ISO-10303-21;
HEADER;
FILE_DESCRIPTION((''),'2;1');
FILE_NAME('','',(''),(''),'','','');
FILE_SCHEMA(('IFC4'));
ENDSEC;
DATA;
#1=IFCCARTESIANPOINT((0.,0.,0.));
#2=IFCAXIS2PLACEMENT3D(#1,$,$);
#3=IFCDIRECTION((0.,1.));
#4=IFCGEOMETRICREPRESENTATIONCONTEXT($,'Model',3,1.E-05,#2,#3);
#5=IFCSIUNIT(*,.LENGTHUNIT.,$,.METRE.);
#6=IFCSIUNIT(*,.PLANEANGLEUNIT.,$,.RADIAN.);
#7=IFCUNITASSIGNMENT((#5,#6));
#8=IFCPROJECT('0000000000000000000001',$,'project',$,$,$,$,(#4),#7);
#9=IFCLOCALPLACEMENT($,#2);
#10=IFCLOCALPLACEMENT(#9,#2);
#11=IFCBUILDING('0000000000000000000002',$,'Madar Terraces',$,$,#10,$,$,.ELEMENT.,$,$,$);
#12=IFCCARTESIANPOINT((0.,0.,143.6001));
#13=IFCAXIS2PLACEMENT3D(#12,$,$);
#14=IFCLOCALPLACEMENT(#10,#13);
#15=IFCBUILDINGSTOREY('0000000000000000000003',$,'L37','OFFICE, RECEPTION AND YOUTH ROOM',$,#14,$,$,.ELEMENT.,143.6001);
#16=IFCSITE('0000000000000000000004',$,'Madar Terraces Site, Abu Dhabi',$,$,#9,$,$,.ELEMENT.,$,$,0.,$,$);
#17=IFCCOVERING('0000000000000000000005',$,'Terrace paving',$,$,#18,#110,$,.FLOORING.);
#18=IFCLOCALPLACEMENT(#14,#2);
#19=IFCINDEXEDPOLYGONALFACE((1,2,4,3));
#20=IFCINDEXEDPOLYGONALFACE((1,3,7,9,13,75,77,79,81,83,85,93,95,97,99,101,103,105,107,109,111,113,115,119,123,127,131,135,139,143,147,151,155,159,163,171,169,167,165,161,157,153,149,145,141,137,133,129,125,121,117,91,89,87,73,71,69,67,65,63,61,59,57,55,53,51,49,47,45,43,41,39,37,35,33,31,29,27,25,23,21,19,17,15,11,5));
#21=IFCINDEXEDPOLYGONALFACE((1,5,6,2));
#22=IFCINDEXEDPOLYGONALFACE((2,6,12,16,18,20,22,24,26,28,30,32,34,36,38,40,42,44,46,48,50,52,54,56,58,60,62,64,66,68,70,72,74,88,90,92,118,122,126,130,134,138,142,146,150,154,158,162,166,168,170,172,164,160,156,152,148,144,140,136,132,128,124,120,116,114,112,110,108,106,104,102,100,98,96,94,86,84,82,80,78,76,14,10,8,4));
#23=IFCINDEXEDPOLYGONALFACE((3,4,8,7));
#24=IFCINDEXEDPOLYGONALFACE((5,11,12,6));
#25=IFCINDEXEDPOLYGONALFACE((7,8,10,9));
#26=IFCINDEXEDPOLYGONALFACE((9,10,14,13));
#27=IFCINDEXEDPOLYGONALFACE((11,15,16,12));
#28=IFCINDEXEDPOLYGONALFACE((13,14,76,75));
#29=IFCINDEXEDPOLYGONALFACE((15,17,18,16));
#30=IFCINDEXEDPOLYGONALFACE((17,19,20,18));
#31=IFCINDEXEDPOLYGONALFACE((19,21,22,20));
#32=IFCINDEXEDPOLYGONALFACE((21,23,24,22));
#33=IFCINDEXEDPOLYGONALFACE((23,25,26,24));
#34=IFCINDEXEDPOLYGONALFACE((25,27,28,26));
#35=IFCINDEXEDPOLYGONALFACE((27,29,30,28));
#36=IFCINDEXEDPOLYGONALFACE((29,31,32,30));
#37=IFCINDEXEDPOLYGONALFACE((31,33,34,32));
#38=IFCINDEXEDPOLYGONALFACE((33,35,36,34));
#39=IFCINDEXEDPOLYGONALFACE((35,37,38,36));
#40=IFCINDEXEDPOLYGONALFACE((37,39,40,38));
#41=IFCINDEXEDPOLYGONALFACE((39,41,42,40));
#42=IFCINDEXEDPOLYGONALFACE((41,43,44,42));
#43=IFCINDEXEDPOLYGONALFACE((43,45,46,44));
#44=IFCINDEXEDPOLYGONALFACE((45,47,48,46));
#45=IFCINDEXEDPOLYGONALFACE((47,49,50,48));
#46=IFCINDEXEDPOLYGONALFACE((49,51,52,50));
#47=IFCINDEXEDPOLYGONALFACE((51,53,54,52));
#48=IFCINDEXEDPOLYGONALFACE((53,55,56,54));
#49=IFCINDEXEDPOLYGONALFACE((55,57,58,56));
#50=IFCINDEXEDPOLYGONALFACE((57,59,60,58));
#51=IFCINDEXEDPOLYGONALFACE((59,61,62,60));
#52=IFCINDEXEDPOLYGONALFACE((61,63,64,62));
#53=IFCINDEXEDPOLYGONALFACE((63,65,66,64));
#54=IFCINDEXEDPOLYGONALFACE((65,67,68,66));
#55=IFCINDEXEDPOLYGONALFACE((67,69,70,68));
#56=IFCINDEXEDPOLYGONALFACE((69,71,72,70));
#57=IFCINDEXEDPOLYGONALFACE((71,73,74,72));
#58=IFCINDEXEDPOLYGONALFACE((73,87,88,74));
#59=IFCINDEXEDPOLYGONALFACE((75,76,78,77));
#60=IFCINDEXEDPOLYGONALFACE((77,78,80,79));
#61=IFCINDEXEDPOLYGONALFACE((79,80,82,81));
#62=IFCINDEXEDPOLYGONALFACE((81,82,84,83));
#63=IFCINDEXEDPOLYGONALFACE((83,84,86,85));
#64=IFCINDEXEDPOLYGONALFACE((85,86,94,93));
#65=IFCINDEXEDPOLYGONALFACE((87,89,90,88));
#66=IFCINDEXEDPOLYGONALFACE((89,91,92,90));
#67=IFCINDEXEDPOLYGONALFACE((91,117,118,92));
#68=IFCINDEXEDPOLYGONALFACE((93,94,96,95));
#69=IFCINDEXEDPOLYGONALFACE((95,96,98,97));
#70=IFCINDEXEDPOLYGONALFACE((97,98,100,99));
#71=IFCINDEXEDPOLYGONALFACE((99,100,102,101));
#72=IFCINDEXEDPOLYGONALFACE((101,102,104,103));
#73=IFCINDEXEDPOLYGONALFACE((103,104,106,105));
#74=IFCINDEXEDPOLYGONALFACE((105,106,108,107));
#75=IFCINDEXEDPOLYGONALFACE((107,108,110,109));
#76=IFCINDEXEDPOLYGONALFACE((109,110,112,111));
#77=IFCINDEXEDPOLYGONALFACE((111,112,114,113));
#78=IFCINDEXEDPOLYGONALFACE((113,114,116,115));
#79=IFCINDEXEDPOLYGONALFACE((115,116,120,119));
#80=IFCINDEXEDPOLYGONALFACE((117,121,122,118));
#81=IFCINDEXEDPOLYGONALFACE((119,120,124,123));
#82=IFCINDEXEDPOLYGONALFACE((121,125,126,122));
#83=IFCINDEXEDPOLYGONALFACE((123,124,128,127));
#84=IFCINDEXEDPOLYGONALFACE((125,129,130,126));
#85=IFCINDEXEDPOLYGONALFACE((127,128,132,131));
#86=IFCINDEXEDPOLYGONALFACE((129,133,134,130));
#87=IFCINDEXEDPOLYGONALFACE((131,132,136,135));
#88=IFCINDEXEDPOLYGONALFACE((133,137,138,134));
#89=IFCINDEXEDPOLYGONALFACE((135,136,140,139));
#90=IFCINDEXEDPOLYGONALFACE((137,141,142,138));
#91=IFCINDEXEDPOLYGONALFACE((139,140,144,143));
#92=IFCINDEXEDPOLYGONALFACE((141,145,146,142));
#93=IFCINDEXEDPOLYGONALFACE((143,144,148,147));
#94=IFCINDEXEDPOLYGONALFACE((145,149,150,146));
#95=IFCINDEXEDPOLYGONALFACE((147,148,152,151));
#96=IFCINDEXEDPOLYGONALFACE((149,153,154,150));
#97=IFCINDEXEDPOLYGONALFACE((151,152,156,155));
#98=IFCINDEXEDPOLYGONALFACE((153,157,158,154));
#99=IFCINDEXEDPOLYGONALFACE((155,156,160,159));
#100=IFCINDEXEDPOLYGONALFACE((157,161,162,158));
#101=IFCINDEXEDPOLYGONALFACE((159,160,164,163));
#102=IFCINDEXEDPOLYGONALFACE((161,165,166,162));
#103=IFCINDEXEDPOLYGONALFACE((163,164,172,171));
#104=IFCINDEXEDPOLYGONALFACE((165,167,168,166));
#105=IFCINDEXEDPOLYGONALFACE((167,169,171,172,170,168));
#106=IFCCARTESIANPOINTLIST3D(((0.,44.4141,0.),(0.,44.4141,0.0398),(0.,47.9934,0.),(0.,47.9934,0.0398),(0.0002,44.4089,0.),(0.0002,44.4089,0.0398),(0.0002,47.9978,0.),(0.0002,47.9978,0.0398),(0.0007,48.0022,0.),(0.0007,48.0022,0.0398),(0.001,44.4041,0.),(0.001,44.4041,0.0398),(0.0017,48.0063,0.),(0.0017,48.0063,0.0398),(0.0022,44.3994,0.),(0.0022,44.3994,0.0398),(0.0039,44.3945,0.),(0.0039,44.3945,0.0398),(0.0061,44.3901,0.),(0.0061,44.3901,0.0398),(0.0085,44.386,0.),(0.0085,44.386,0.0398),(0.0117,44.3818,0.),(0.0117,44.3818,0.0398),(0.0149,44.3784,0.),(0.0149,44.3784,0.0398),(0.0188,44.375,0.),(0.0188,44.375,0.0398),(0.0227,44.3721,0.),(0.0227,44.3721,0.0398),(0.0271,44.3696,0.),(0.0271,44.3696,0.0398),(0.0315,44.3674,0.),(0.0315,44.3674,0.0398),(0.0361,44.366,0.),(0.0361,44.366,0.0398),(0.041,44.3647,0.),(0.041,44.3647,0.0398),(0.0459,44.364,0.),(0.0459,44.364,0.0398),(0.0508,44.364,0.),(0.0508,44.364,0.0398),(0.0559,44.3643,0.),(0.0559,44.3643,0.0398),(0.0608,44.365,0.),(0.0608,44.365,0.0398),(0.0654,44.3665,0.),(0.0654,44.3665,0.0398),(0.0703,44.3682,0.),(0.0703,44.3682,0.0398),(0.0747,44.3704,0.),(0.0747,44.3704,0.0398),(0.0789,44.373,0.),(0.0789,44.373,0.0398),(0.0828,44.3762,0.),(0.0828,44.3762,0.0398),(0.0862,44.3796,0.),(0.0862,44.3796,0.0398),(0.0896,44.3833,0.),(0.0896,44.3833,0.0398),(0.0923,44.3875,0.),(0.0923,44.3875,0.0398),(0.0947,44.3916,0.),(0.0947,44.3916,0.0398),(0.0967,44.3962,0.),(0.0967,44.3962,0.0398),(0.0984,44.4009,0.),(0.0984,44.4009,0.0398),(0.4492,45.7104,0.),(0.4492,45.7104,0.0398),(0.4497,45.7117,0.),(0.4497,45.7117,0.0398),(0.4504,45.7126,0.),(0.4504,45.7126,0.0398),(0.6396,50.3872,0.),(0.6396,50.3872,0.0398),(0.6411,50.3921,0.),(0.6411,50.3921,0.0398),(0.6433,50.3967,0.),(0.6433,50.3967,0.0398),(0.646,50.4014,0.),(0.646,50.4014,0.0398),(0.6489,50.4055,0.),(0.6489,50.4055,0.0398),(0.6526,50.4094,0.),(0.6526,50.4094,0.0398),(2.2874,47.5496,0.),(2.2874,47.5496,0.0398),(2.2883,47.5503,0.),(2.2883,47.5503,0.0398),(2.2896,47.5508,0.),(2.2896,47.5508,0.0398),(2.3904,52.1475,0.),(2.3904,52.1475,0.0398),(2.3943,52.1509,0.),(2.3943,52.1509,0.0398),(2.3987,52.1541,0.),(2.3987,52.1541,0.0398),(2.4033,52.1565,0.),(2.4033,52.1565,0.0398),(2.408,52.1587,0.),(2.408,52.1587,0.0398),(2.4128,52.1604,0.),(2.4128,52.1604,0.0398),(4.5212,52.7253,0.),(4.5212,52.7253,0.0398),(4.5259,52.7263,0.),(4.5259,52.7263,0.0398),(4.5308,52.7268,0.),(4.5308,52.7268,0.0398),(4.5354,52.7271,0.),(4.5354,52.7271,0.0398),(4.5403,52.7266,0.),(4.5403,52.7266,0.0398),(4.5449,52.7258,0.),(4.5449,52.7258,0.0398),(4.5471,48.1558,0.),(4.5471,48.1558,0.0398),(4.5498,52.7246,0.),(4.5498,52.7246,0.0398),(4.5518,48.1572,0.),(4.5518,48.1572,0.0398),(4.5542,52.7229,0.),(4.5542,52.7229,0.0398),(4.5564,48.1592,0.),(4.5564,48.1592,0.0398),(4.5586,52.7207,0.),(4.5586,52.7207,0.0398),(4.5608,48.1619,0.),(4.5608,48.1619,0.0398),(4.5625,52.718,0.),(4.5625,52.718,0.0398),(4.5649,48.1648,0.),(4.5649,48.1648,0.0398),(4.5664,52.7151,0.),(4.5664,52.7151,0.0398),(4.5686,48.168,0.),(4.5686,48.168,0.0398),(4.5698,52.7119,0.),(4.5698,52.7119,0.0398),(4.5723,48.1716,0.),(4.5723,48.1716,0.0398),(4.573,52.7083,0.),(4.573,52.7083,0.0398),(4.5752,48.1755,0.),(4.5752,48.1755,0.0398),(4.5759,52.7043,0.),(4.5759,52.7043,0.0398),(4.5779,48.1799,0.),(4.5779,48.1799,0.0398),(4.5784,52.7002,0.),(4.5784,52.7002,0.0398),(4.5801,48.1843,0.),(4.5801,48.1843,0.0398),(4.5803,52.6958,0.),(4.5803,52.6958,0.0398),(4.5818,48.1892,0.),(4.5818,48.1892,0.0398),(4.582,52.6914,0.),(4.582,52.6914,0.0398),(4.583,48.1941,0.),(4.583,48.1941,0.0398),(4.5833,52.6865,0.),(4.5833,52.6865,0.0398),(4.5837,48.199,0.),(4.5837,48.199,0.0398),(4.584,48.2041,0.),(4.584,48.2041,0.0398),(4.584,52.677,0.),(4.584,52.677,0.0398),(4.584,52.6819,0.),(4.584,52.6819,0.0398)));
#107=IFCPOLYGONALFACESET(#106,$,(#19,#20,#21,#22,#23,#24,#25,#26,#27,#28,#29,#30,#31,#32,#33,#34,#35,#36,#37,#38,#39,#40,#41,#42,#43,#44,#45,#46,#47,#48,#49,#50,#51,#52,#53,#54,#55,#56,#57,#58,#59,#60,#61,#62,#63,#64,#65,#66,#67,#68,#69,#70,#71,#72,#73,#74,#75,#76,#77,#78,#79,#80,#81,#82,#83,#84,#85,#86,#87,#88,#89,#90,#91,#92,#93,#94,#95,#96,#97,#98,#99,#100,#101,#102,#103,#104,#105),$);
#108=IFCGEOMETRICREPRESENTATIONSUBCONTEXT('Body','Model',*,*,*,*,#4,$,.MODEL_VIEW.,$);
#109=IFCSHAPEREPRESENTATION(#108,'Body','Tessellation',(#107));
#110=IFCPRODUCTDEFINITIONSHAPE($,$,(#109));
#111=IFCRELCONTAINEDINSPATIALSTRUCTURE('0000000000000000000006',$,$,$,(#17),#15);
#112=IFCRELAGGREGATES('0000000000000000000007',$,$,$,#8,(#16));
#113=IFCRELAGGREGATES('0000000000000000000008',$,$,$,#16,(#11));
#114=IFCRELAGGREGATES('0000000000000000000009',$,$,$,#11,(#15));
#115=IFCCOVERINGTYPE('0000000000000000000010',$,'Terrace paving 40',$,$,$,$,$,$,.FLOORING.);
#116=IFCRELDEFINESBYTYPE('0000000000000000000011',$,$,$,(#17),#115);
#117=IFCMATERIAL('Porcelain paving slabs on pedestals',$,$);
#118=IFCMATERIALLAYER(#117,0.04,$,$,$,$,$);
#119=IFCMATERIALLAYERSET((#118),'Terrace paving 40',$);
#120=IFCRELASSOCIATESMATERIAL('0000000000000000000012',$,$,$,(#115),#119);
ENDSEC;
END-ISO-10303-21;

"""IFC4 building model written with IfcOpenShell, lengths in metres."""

from ifc_helpers import new_model, si_unit, direction, frame, origin, place, context, subcontext, project, spatial, polyline, outline, extrude, material, layer, layer_set, type_object, element, save


model = new_model("IFC4")

# Units and contexts
model_context = context("Model", 3, precision=1e-05, world=origin(), true_north=direction((0.0, 1.0)))
body_context = subcontext(model_context, "Body", "Model", "MODEL_VIEW")
ifc_project = project(units=[si_unit("LENGTHUNIT", "METRE"), si_unit("PLANEANGLEUNIT", "RADIAN")], contexts=[model_context])

# Site, building, storey
site_placement = place(None, origin())
site = spatial("IfcSite", under=ifc_project, at=site_placement, Name="Madar Terraces Site, Abu Dhabi", CompositionType="ELEMENT", RefElevation=0.0)
building_placement = place(site_placement, origin())
building = spatial("IfcBuilding", under=site, at=building_placement, Name="Madar Terraces", CompositionType="ELEMENT")
storey_placement = place(building_placement, frame((0.0, 0.0, 143.6001)))
storey = spatial("IfcBuildingStorey", under=building, at=storey_placement, Name="L37", Description="OFFICE, RECEPTION AND YOUTH ROOM", CompositionType="ELEMENT", Elevation=143.6001)

# Covering
ifc_material_1 = material(Name="Porcelain paving slabs on pedestals")
ifc_layer_1 = layer(ifc_material_1, 0.04)
ifc_layer_set_1 = layer_set([ifc_layer_1], Name="Terrace paving 40")
covering_type = type_object("IfcCoveringType", Name="Terrace paving 40", PredefinedType="FLOORING", material=ifc_layer_set_1)
covering_1_placement = place(storey_placement, origin())
element("IfcCovering", 1, at=covering_1_placement, inside=storey, type_object=covering_type, Name="Terrace paving", PredefinedType="FLOORING", context=body_context, shape_type="SweptSolid", body=[
    extrude(outline(polyline([(0.0967, 44.3962), (0.0947, 44.3916), (0.0923, 44.3875), (0.0896, 44.3833), (0.0862, 44.3796), (0.0828, 44.3762), (0.0789, 44.373), (0.0747, 44.3704), (0.0703, 44.3682), (0.0654, 44.3665), (0.0608, 44.365), (0.0559, 44.3643), (0.0508, 44.364), (0.0459, 44.364), (0.041, 44.3647), (0.0361, 44.366), (0.0315, 44.3674), (0.0271, 44.3696), (0.0227, 44.3721), (0.0188, 44.375), (0.0149, 44.3784), (0.0117, 44.3818), (0.0085, 44.386), (0.0061, 44.3901), (0.0039, 44.3945), (0.0022, 44.3994), (0.001, 44.4041), (0.0002, 44.4089), (0.0, 44.4141), (0.0, 47.9934), (0.0002, 47.9978), (0.0007, 48.0022), (0.0017, 48.0063), (0.6396, 50.3872), (0.6411, 50.3921), (0.6433, 50.3967), (0.646, 50.4014), (0.6489, 50.4055), (0.6526, 50.4094), (2.3904, 52.1475), (2.3943, 52.1509), (2.3987, 52.1541), (2.4033, 52.1565), (2.408, 52.1587), (2.4128, 52.1604), (4.5212, 52.7253), (4.5259, 52.7263), (4.5308, 52.7268), (4.5354, 52.7271), (4.5403, 52.7266), (4.5449, 52.7258), (4.5498, 52.7246), (4.5542, 52.7229), (4.5586, 52.7207), (4.5625, 52.718), (4.5664, 52.7151), (4.5698, 52.7119), (4.573, 52.7083), (4.5759, 52.7043), (4.5784, 52.7002), (4.5803, 52.6958), (4.582, 52.6914), (4.5833, 52.6865), (4.584, 52.6819), (4.584, 52.677), (4.584, 48.2041), (4.5837, 48.199), (4.583, 48.1941), (4.5818, 48.1892), (4.5801, 48.1843), (4.5779, 48.1799), (4.5752, 48.1755), (4.5723, 48.1716), (4.5686, 48.168), (4.5649, 48.1648), (4.5608, 48.1619), (4.5564, 48.1592), (4.5518, 48.1572), (4.5471, 48.1558), (2.2896, 47.5508), (2.2883, 47.5503), (2.2874, 47.5496), (0.4504, 45.7126), (0.4497, 45.7117), (0.4492, 45.7104), (0.0984, 44.4009), (0.0967, 44.3962)])), origin(), (0.0, 0.0, 1.0), 0.0398),
])

save(model, "model.ifc")
